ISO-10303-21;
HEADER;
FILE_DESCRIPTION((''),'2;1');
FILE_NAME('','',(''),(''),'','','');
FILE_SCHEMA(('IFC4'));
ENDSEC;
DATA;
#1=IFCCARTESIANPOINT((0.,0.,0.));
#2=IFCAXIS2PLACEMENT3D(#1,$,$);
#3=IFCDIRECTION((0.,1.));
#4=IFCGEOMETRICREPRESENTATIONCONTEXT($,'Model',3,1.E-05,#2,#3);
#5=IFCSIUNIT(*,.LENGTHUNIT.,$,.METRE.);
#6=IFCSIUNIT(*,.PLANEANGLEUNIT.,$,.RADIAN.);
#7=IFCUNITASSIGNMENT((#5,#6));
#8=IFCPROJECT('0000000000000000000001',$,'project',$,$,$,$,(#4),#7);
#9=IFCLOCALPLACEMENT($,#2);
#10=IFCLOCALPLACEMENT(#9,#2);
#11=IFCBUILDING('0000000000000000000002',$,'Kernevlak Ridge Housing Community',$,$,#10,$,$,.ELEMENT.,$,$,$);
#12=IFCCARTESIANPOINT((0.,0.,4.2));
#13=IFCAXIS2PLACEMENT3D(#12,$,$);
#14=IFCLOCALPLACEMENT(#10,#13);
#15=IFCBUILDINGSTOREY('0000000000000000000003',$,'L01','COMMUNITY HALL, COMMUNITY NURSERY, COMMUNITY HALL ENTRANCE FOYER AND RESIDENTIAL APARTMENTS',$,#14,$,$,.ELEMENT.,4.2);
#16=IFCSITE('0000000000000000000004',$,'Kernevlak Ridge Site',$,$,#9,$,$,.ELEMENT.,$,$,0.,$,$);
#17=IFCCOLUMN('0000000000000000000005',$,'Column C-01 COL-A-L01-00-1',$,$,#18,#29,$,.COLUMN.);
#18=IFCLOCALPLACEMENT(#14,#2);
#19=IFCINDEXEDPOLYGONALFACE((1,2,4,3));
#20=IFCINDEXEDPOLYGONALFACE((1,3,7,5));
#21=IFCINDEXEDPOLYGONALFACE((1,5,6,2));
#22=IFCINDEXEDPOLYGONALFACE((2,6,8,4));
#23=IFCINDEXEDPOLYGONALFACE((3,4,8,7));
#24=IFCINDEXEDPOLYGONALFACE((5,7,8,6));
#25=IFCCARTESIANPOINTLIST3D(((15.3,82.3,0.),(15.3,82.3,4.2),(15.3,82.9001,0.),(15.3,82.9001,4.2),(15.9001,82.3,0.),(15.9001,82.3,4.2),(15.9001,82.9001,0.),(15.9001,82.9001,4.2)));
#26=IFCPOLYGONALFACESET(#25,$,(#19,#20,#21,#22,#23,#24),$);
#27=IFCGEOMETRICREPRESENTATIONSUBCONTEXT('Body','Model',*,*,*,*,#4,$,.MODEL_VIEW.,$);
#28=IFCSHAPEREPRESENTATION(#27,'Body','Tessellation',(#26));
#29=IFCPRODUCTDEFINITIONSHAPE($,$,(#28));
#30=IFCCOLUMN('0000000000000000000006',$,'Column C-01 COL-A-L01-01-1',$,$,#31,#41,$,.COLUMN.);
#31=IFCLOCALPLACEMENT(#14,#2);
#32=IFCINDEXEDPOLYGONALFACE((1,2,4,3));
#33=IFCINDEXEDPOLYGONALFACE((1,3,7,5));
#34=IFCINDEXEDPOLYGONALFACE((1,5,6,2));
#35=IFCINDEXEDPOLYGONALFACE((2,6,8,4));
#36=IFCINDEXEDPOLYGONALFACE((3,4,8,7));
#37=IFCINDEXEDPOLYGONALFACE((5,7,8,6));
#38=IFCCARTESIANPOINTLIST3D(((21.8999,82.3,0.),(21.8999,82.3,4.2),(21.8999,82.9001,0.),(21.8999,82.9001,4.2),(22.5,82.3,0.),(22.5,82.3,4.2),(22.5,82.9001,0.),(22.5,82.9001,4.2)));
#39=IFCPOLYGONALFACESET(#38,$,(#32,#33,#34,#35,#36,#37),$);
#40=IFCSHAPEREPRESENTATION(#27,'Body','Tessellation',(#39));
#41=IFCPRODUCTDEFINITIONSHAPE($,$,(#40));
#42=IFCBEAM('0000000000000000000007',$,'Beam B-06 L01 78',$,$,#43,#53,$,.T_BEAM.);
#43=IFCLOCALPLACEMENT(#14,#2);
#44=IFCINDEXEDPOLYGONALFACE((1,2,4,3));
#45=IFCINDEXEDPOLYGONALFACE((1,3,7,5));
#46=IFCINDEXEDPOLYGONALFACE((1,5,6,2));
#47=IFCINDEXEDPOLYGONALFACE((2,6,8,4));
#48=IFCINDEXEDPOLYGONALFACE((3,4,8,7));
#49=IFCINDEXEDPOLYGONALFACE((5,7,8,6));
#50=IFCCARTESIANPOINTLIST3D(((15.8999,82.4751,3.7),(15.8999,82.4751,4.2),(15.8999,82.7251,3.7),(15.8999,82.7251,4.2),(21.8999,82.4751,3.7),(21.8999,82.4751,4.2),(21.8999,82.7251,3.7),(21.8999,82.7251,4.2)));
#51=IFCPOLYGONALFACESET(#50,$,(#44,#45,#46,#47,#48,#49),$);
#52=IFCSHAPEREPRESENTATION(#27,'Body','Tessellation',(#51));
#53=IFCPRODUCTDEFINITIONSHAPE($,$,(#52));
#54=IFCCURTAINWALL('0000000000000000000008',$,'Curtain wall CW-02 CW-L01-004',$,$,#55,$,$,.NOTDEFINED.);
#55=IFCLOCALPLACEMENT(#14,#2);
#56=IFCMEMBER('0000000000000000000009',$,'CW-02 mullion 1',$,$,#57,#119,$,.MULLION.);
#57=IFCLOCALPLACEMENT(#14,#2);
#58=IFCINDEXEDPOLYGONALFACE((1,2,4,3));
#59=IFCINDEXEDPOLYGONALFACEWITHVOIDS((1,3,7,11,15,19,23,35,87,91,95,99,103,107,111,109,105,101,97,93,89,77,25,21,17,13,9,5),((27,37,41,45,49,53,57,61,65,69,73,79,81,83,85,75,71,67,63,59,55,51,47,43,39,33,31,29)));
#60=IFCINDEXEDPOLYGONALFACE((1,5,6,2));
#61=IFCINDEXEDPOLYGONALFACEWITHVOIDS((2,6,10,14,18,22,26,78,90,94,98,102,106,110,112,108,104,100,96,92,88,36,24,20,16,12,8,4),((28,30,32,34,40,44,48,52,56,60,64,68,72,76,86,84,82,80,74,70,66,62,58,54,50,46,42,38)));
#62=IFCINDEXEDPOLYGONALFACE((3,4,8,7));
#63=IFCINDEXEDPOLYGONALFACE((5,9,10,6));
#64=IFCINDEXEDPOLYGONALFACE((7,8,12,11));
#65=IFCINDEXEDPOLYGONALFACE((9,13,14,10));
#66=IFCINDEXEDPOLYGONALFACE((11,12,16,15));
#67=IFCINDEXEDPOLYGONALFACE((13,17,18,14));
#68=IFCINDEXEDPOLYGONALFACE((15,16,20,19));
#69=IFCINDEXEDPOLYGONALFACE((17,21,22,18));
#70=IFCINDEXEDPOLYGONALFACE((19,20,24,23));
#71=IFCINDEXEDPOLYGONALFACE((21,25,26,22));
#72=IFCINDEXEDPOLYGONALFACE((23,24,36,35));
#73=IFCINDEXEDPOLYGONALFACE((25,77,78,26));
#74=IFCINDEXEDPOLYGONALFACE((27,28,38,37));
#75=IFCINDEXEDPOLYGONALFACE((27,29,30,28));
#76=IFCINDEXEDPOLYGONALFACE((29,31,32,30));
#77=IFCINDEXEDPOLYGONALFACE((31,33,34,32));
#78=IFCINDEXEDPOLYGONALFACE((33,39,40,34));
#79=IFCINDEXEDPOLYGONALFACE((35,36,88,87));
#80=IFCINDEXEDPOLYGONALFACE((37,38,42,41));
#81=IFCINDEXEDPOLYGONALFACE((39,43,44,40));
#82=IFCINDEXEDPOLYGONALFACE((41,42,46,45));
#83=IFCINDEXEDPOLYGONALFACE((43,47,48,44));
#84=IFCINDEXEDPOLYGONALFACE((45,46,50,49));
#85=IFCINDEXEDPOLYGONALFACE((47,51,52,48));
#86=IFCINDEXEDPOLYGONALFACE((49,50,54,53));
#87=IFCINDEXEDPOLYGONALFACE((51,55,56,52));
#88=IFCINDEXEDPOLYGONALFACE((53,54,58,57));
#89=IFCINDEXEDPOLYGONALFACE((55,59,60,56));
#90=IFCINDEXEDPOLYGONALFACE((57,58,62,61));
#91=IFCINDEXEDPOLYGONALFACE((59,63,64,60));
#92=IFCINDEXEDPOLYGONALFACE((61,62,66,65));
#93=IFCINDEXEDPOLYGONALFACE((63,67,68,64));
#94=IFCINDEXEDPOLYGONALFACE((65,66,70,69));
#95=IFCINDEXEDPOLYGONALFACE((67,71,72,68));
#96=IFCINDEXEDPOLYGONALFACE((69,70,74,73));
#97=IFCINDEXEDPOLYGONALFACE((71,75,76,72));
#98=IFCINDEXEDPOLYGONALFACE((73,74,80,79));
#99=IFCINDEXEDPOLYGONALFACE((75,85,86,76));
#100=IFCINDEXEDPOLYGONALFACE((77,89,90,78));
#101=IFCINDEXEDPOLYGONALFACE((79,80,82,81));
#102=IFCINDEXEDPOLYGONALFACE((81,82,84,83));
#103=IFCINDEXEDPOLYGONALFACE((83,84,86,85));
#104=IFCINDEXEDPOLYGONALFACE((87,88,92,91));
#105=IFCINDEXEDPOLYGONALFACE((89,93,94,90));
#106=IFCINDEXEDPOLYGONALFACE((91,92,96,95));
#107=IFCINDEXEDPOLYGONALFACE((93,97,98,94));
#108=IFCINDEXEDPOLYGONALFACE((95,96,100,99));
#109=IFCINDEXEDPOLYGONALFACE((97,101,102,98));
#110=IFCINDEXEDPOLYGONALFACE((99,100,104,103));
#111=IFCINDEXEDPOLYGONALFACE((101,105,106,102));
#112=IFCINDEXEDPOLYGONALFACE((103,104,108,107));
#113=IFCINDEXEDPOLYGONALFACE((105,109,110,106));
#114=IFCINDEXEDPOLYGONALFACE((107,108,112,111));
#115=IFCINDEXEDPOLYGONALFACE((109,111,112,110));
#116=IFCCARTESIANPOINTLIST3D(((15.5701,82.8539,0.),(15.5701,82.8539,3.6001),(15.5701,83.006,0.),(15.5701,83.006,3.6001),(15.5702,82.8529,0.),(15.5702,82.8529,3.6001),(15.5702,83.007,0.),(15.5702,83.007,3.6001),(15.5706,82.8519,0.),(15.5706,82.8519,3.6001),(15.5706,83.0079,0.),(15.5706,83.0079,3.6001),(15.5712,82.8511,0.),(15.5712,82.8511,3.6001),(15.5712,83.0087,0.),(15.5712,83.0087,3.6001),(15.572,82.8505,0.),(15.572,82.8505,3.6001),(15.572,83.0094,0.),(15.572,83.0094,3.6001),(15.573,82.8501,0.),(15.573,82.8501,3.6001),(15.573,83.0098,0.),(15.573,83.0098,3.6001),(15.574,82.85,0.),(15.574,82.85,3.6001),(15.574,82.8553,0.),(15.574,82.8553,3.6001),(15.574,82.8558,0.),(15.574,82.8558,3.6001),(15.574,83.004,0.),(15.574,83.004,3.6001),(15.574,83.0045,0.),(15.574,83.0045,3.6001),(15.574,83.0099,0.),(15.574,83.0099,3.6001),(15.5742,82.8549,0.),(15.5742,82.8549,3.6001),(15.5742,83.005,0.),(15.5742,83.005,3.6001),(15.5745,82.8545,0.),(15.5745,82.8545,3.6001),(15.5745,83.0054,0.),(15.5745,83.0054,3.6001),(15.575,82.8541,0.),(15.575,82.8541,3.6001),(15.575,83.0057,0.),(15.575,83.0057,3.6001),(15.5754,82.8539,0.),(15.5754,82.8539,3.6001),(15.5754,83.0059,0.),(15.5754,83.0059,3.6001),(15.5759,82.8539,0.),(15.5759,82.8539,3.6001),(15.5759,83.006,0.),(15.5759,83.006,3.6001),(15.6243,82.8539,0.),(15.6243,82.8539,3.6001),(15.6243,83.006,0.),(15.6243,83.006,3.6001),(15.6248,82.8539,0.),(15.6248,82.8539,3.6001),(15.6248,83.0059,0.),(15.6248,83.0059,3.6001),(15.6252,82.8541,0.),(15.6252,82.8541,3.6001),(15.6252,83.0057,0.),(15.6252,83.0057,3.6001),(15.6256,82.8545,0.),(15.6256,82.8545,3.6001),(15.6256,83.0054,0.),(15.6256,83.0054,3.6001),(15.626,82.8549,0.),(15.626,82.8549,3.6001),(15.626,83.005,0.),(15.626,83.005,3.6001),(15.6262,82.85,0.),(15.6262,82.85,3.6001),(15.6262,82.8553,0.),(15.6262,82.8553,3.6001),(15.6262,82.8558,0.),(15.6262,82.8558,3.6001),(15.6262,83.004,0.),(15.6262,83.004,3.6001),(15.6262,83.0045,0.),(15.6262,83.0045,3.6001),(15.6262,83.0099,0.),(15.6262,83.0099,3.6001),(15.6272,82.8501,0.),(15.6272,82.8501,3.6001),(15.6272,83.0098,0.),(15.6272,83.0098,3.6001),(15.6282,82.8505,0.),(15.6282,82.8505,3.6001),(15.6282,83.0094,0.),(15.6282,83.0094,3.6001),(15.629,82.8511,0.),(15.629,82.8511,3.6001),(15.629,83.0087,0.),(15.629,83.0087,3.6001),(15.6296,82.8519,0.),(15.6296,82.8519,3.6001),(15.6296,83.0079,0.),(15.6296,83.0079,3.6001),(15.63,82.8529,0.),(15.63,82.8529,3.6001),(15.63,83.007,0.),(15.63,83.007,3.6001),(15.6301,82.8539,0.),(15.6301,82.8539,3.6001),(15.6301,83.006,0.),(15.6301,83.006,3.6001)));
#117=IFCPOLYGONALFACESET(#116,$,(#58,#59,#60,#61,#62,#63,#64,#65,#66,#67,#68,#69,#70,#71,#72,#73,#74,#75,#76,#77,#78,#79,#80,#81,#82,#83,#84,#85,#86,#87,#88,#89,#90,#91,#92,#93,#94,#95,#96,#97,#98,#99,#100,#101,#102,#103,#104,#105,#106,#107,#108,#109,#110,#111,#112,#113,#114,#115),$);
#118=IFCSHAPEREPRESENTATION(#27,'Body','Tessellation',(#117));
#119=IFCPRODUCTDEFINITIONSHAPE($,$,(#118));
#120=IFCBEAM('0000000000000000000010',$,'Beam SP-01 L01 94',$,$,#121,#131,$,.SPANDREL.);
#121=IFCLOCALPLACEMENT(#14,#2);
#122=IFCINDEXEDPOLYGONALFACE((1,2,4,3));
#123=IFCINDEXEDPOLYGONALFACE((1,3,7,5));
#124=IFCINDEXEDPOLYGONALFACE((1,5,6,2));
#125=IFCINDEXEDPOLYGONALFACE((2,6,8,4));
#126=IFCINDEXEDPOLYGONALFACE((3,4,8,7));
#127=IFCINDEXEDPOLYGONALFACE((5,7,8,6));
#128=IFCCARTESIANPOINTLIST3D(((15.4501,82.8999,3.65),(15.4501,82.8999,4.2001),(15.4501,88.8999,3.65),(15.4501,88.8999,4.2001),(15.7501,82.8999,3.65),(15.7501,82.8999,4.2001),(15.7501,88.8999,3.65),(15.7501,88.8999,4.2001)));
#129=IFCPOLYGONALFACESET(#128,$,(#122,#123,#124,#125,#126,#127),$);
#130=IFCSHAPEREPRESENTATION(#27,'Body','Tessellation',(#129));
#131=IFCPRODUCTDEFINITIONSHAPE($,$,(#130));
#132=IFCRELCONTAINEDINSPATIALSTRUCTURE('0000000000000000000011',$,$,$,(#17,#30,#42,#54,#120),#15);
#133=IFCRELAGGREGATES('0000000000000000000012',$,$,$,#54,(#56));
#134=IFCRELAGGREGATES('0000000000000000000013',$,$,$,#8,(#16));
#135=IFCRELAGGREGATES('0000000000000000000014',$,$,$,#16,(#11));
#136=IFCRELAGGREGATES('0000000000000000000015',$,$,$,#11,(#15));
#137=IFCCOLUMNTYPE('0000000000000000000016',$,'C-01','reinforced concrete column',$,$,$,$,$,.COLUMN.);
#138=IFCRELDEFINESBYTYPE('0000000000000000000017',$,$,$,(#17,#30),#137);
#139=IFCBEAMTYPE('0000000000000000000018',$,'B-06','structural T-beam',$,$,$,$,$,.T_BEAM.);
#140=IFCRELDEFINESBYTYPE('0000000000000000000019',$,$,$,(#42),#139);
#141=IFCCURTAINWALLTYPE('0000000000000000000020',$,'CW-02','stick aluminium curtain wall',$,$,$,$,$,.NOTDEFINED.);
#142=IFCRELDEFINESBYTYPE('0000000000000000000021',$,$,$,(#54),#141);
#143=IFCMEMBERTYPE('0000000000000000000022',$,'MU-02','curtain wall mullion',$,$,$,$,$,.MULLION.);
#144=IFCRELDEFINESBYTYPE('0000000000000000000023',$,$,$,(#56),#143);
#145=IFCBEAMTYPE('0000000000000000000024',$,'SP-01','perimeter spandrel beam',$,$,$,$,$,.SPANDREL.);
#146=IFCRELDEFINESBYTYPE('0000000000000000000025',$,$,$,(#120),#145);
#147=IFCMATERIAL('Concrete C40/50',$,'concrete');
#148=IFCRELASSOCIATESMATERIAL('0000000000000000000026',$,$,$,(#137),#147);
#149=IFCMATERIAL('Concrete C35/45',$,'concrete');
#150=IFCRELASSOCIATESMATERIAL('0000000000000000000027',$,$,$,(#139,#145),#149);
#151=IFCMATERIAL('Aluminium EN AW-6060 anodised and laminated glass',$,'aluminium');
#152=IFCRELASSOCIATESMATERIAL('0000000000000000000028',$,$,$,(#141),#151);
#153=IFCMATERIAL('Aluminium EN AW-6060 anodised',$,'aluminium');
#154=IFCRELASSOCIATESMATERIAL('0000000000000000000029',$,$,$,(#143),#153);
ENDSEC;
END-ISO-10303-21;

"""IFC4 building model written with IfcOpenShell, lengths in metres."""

from ifc_helpers import new_model, si_unit, direction, frame, origin, origin_2d, place, context, subcontext, project, spatial, rectangle, hollow_rectangle, extrude, material, material_profile, profile_set, type_object, element, aggregate, save


model = new_model("IFC4")

# Units and contexts
model_context = context("Model", 3, precision=1e-05, world=origin(), true_north=direction((0.0, 1.0)))
body_context = subcontext(model_context, "Body", "Model", "MODEL_VIEW")
ifc_project = project(units=[si_unit("LENGTHUNIT", "METRE"), si_unit("PLANEANGLEUNIT", "RADIAN")], contexts=[model_context])

# Site, building, storey
site_placement = place(None, origin())
site = spatial("IfcSite", under=ifc_project, at=site_placement, Name="Kernevlak Ridge Site", CompositionType="ELEMENT", RefElevation=0.0)
building_placement = place(site_placement, origin())
building = spatial("IfcBuilding", under=site, at=building_placement, Name="Kernevlak Ridge Housing Community", CompositionType="ELEMENT")
storey_placement = place(building_placement, frame((0.0, 0.0, 4.2)))
storey = spatial("IfcBuildingStorey", under=building, at=storey_placement, Name="L01", Description="COMMUNITY HALL, COMMUNITY NURSERY, COMMUNITY HALL ENTRANCE FOYER AND RESIDENTIAL APARTMENTS", CompositionType="ELEMENT", Elevation=4.2)

# Columns
ifc_material_1 = material(Name="Concrete C40/50", Category="concrete")
ifc_material_profile_1 = material_profile(ifc_material_1, rectangle(XDim=0.6001, YDim=0.6001, at=origin_2d()), Name="RC 600x600")
ifc_profile_set_1 = profile_set([ifc_material_profile_1], Name="Concrete C40/50")
column_type = type_object("IfcColumnType", Name="C-01", Description="reinforced concrete column", PredefinedType="COLUMN", material=ifc_profile_set_1)
for number, where, z_axis, x_axis, name in (
    (1, (15.6001, 82.6001, 0.0), (0.0, 0.0, 1.0), (1.0, 0.0, 0.0), "Column C-01 COL-A-L01-00-1"),
    (2, (22.2, 82.6001, 0.0), (0.0, 0.0, 1.0), (1.0, 0.0, 0.0), "Column C-01 COL-A-L01-01-1"),
):
    element("IfcColumn", number, at=place(storey_placement, frame(where, z_axis=z_axis, x_axis=x_axis)), inside=storey, type_object=column_type, Name=name, PredefinedType="COLUMN", context=body_context, shape_type="SweptSolid", body=[
        extrude(rectangle(XDim=0.6001, YDim=0.6001, at=origin_2d()), origin(), (0.0, 0.0, 1.0), 4.2),
    ])

# Beam
ifc_material_2 = material(Name="Concrete C35/45", Category="concrete")
ifc_material_profile_2 = material_profile(ifc_material_2, rectangle(XDim=0.25, YDim=0.5, at=origin_2d()), Name="RC 250x500")
ifc_profile_set_2 = profile_set([ifc_material_profile_2], Name="Concrete C35/45")
beam_type_1 = type_object("IfcBeamType", Name="B-06", Description="structural T-beam", PredefinedType="T_BEAM", material=ifc_profile_set_2)
beam_1_placement = place(storey_placement, frame((15.8999, 82.6001, 3.95), z_axis=(1.0, 0.0, 0.0), x_axis=(0.0, 1.0, 0.0)))
element("IfcBeam", 3, at=beam_1_placement, inside=storey, type_object=beam_type_1, Name="Beam B-06 L01 78", PredefinedType="T_BEAM", context=body_context, shape_type="SweptSolid", body=[
    extrude(rectangle(XDim=0.25, YDim=0.5, at=origin_2d()), origin(), (0.0, 0.0, 1.0), 6.0),
])

# Curtain wall, member
ifc_material_3 = material(Name="Aluminium EN AW-6060 anodised and laminated glass", Category="aluminium")
curtain_wall_type = type_object("IfcCurtainWallType", Name="CW-02", Description="stick aluminium curtain wall", PredefinedType="NOTDEFINED", material=ifc_material_3)
curtain_wall_placement = place(storey_placement, origin())
curtain_wall = element("IfcCurtainWall", 4, at=curtain_wall_placement, inside=storey, type_object=curtain_wall_type, Name="Curtain wall CW-02 CW-L01-004", PredefinedType="NOTDEFINED")
ifc_material_4 = material(Name="Aluminium EN AW-6060 anodised", Category="aluminium")
ifc_material_profile_3 = material_profile(ifc_material_4, hollow_rectangle(XDim=0.0601, YDim=0.1599, WallThickness=0.0039, InnerFilletRadius=0.002, OuterFilletRadius=0.0039, at=origin_2d()), Name="ALU 60x160x4")
ifc_profile_set_3 = profile_set([ifc_material_profile_3], Name="Aluminium EN AW-6060 anodised")
member_type_1 = type_object("IfcMemberType", Name="MU-02", Description="curtain wall mullion", PredefinedType="MULLION", material=ifc_profile_set_3)
member_1_placement = place(storey_placement, frame((15.6001, 82.9299, 0.0), z_axis=(0.0, 0.0, 1.0), x_axis=(-1.0, 0.0, 0.0)))
member_1 = element("IfcMember", 5, at=member_1_placement, type_object=member_type_1, Name="CW-02 mullion 1", PredefinedType="MULLION", context=body_context, shape_type="SweptSolid", body=[
    extrude(hollow_rectangle(XDim=0.0601, YDim=0.1599, WallThickness=0.0039, InnerFilletRadius=0.002, OuterFilletRadius=0.0039, at=origin_2d()), origin(), (0.0, 0.0, 1.0), 3.6001),
])

# Beam
ifc_material_profile_4 = material_profile(ifc_material_2, rectangle(XDim=0.3, YDim=0.55, at=origin_2d()), Name="RC 300x550")
ifc_profile_set_4 = profile_set([ifc_material_profile_4], Name="Concrete C35/45")
beam_type_2 = type_object("IfcBeamType", Name="SP-01", Description="perimeter spandrel beam", PredefinedType="SPANDREL", material=ifc_profile_set_4)
beam_2_placement = place(storey_placement, frame((15.6001, 82.8999, 3.925), z_axis=(0.0, 1.0, 0.0), x_axis=(-1.0, 0.0, 0.0)))
element("IfcBeam", 6, at=beam_2_placement, inside=storey, type_object=beam_type_2, Name="Beam SP-01 L01 94", PredefinedType="SPANDREL", context=body_context, shape_type="SweptSolid", body=[
    extrude(rectangle(XDim=0.3, YDim=0.55, at=origin_2d()), origin(), (0.0, 0.0, 1.0), 6.0),
])

aggregate(curtain_wall, [member_1])

save(model, "model.ifc")
